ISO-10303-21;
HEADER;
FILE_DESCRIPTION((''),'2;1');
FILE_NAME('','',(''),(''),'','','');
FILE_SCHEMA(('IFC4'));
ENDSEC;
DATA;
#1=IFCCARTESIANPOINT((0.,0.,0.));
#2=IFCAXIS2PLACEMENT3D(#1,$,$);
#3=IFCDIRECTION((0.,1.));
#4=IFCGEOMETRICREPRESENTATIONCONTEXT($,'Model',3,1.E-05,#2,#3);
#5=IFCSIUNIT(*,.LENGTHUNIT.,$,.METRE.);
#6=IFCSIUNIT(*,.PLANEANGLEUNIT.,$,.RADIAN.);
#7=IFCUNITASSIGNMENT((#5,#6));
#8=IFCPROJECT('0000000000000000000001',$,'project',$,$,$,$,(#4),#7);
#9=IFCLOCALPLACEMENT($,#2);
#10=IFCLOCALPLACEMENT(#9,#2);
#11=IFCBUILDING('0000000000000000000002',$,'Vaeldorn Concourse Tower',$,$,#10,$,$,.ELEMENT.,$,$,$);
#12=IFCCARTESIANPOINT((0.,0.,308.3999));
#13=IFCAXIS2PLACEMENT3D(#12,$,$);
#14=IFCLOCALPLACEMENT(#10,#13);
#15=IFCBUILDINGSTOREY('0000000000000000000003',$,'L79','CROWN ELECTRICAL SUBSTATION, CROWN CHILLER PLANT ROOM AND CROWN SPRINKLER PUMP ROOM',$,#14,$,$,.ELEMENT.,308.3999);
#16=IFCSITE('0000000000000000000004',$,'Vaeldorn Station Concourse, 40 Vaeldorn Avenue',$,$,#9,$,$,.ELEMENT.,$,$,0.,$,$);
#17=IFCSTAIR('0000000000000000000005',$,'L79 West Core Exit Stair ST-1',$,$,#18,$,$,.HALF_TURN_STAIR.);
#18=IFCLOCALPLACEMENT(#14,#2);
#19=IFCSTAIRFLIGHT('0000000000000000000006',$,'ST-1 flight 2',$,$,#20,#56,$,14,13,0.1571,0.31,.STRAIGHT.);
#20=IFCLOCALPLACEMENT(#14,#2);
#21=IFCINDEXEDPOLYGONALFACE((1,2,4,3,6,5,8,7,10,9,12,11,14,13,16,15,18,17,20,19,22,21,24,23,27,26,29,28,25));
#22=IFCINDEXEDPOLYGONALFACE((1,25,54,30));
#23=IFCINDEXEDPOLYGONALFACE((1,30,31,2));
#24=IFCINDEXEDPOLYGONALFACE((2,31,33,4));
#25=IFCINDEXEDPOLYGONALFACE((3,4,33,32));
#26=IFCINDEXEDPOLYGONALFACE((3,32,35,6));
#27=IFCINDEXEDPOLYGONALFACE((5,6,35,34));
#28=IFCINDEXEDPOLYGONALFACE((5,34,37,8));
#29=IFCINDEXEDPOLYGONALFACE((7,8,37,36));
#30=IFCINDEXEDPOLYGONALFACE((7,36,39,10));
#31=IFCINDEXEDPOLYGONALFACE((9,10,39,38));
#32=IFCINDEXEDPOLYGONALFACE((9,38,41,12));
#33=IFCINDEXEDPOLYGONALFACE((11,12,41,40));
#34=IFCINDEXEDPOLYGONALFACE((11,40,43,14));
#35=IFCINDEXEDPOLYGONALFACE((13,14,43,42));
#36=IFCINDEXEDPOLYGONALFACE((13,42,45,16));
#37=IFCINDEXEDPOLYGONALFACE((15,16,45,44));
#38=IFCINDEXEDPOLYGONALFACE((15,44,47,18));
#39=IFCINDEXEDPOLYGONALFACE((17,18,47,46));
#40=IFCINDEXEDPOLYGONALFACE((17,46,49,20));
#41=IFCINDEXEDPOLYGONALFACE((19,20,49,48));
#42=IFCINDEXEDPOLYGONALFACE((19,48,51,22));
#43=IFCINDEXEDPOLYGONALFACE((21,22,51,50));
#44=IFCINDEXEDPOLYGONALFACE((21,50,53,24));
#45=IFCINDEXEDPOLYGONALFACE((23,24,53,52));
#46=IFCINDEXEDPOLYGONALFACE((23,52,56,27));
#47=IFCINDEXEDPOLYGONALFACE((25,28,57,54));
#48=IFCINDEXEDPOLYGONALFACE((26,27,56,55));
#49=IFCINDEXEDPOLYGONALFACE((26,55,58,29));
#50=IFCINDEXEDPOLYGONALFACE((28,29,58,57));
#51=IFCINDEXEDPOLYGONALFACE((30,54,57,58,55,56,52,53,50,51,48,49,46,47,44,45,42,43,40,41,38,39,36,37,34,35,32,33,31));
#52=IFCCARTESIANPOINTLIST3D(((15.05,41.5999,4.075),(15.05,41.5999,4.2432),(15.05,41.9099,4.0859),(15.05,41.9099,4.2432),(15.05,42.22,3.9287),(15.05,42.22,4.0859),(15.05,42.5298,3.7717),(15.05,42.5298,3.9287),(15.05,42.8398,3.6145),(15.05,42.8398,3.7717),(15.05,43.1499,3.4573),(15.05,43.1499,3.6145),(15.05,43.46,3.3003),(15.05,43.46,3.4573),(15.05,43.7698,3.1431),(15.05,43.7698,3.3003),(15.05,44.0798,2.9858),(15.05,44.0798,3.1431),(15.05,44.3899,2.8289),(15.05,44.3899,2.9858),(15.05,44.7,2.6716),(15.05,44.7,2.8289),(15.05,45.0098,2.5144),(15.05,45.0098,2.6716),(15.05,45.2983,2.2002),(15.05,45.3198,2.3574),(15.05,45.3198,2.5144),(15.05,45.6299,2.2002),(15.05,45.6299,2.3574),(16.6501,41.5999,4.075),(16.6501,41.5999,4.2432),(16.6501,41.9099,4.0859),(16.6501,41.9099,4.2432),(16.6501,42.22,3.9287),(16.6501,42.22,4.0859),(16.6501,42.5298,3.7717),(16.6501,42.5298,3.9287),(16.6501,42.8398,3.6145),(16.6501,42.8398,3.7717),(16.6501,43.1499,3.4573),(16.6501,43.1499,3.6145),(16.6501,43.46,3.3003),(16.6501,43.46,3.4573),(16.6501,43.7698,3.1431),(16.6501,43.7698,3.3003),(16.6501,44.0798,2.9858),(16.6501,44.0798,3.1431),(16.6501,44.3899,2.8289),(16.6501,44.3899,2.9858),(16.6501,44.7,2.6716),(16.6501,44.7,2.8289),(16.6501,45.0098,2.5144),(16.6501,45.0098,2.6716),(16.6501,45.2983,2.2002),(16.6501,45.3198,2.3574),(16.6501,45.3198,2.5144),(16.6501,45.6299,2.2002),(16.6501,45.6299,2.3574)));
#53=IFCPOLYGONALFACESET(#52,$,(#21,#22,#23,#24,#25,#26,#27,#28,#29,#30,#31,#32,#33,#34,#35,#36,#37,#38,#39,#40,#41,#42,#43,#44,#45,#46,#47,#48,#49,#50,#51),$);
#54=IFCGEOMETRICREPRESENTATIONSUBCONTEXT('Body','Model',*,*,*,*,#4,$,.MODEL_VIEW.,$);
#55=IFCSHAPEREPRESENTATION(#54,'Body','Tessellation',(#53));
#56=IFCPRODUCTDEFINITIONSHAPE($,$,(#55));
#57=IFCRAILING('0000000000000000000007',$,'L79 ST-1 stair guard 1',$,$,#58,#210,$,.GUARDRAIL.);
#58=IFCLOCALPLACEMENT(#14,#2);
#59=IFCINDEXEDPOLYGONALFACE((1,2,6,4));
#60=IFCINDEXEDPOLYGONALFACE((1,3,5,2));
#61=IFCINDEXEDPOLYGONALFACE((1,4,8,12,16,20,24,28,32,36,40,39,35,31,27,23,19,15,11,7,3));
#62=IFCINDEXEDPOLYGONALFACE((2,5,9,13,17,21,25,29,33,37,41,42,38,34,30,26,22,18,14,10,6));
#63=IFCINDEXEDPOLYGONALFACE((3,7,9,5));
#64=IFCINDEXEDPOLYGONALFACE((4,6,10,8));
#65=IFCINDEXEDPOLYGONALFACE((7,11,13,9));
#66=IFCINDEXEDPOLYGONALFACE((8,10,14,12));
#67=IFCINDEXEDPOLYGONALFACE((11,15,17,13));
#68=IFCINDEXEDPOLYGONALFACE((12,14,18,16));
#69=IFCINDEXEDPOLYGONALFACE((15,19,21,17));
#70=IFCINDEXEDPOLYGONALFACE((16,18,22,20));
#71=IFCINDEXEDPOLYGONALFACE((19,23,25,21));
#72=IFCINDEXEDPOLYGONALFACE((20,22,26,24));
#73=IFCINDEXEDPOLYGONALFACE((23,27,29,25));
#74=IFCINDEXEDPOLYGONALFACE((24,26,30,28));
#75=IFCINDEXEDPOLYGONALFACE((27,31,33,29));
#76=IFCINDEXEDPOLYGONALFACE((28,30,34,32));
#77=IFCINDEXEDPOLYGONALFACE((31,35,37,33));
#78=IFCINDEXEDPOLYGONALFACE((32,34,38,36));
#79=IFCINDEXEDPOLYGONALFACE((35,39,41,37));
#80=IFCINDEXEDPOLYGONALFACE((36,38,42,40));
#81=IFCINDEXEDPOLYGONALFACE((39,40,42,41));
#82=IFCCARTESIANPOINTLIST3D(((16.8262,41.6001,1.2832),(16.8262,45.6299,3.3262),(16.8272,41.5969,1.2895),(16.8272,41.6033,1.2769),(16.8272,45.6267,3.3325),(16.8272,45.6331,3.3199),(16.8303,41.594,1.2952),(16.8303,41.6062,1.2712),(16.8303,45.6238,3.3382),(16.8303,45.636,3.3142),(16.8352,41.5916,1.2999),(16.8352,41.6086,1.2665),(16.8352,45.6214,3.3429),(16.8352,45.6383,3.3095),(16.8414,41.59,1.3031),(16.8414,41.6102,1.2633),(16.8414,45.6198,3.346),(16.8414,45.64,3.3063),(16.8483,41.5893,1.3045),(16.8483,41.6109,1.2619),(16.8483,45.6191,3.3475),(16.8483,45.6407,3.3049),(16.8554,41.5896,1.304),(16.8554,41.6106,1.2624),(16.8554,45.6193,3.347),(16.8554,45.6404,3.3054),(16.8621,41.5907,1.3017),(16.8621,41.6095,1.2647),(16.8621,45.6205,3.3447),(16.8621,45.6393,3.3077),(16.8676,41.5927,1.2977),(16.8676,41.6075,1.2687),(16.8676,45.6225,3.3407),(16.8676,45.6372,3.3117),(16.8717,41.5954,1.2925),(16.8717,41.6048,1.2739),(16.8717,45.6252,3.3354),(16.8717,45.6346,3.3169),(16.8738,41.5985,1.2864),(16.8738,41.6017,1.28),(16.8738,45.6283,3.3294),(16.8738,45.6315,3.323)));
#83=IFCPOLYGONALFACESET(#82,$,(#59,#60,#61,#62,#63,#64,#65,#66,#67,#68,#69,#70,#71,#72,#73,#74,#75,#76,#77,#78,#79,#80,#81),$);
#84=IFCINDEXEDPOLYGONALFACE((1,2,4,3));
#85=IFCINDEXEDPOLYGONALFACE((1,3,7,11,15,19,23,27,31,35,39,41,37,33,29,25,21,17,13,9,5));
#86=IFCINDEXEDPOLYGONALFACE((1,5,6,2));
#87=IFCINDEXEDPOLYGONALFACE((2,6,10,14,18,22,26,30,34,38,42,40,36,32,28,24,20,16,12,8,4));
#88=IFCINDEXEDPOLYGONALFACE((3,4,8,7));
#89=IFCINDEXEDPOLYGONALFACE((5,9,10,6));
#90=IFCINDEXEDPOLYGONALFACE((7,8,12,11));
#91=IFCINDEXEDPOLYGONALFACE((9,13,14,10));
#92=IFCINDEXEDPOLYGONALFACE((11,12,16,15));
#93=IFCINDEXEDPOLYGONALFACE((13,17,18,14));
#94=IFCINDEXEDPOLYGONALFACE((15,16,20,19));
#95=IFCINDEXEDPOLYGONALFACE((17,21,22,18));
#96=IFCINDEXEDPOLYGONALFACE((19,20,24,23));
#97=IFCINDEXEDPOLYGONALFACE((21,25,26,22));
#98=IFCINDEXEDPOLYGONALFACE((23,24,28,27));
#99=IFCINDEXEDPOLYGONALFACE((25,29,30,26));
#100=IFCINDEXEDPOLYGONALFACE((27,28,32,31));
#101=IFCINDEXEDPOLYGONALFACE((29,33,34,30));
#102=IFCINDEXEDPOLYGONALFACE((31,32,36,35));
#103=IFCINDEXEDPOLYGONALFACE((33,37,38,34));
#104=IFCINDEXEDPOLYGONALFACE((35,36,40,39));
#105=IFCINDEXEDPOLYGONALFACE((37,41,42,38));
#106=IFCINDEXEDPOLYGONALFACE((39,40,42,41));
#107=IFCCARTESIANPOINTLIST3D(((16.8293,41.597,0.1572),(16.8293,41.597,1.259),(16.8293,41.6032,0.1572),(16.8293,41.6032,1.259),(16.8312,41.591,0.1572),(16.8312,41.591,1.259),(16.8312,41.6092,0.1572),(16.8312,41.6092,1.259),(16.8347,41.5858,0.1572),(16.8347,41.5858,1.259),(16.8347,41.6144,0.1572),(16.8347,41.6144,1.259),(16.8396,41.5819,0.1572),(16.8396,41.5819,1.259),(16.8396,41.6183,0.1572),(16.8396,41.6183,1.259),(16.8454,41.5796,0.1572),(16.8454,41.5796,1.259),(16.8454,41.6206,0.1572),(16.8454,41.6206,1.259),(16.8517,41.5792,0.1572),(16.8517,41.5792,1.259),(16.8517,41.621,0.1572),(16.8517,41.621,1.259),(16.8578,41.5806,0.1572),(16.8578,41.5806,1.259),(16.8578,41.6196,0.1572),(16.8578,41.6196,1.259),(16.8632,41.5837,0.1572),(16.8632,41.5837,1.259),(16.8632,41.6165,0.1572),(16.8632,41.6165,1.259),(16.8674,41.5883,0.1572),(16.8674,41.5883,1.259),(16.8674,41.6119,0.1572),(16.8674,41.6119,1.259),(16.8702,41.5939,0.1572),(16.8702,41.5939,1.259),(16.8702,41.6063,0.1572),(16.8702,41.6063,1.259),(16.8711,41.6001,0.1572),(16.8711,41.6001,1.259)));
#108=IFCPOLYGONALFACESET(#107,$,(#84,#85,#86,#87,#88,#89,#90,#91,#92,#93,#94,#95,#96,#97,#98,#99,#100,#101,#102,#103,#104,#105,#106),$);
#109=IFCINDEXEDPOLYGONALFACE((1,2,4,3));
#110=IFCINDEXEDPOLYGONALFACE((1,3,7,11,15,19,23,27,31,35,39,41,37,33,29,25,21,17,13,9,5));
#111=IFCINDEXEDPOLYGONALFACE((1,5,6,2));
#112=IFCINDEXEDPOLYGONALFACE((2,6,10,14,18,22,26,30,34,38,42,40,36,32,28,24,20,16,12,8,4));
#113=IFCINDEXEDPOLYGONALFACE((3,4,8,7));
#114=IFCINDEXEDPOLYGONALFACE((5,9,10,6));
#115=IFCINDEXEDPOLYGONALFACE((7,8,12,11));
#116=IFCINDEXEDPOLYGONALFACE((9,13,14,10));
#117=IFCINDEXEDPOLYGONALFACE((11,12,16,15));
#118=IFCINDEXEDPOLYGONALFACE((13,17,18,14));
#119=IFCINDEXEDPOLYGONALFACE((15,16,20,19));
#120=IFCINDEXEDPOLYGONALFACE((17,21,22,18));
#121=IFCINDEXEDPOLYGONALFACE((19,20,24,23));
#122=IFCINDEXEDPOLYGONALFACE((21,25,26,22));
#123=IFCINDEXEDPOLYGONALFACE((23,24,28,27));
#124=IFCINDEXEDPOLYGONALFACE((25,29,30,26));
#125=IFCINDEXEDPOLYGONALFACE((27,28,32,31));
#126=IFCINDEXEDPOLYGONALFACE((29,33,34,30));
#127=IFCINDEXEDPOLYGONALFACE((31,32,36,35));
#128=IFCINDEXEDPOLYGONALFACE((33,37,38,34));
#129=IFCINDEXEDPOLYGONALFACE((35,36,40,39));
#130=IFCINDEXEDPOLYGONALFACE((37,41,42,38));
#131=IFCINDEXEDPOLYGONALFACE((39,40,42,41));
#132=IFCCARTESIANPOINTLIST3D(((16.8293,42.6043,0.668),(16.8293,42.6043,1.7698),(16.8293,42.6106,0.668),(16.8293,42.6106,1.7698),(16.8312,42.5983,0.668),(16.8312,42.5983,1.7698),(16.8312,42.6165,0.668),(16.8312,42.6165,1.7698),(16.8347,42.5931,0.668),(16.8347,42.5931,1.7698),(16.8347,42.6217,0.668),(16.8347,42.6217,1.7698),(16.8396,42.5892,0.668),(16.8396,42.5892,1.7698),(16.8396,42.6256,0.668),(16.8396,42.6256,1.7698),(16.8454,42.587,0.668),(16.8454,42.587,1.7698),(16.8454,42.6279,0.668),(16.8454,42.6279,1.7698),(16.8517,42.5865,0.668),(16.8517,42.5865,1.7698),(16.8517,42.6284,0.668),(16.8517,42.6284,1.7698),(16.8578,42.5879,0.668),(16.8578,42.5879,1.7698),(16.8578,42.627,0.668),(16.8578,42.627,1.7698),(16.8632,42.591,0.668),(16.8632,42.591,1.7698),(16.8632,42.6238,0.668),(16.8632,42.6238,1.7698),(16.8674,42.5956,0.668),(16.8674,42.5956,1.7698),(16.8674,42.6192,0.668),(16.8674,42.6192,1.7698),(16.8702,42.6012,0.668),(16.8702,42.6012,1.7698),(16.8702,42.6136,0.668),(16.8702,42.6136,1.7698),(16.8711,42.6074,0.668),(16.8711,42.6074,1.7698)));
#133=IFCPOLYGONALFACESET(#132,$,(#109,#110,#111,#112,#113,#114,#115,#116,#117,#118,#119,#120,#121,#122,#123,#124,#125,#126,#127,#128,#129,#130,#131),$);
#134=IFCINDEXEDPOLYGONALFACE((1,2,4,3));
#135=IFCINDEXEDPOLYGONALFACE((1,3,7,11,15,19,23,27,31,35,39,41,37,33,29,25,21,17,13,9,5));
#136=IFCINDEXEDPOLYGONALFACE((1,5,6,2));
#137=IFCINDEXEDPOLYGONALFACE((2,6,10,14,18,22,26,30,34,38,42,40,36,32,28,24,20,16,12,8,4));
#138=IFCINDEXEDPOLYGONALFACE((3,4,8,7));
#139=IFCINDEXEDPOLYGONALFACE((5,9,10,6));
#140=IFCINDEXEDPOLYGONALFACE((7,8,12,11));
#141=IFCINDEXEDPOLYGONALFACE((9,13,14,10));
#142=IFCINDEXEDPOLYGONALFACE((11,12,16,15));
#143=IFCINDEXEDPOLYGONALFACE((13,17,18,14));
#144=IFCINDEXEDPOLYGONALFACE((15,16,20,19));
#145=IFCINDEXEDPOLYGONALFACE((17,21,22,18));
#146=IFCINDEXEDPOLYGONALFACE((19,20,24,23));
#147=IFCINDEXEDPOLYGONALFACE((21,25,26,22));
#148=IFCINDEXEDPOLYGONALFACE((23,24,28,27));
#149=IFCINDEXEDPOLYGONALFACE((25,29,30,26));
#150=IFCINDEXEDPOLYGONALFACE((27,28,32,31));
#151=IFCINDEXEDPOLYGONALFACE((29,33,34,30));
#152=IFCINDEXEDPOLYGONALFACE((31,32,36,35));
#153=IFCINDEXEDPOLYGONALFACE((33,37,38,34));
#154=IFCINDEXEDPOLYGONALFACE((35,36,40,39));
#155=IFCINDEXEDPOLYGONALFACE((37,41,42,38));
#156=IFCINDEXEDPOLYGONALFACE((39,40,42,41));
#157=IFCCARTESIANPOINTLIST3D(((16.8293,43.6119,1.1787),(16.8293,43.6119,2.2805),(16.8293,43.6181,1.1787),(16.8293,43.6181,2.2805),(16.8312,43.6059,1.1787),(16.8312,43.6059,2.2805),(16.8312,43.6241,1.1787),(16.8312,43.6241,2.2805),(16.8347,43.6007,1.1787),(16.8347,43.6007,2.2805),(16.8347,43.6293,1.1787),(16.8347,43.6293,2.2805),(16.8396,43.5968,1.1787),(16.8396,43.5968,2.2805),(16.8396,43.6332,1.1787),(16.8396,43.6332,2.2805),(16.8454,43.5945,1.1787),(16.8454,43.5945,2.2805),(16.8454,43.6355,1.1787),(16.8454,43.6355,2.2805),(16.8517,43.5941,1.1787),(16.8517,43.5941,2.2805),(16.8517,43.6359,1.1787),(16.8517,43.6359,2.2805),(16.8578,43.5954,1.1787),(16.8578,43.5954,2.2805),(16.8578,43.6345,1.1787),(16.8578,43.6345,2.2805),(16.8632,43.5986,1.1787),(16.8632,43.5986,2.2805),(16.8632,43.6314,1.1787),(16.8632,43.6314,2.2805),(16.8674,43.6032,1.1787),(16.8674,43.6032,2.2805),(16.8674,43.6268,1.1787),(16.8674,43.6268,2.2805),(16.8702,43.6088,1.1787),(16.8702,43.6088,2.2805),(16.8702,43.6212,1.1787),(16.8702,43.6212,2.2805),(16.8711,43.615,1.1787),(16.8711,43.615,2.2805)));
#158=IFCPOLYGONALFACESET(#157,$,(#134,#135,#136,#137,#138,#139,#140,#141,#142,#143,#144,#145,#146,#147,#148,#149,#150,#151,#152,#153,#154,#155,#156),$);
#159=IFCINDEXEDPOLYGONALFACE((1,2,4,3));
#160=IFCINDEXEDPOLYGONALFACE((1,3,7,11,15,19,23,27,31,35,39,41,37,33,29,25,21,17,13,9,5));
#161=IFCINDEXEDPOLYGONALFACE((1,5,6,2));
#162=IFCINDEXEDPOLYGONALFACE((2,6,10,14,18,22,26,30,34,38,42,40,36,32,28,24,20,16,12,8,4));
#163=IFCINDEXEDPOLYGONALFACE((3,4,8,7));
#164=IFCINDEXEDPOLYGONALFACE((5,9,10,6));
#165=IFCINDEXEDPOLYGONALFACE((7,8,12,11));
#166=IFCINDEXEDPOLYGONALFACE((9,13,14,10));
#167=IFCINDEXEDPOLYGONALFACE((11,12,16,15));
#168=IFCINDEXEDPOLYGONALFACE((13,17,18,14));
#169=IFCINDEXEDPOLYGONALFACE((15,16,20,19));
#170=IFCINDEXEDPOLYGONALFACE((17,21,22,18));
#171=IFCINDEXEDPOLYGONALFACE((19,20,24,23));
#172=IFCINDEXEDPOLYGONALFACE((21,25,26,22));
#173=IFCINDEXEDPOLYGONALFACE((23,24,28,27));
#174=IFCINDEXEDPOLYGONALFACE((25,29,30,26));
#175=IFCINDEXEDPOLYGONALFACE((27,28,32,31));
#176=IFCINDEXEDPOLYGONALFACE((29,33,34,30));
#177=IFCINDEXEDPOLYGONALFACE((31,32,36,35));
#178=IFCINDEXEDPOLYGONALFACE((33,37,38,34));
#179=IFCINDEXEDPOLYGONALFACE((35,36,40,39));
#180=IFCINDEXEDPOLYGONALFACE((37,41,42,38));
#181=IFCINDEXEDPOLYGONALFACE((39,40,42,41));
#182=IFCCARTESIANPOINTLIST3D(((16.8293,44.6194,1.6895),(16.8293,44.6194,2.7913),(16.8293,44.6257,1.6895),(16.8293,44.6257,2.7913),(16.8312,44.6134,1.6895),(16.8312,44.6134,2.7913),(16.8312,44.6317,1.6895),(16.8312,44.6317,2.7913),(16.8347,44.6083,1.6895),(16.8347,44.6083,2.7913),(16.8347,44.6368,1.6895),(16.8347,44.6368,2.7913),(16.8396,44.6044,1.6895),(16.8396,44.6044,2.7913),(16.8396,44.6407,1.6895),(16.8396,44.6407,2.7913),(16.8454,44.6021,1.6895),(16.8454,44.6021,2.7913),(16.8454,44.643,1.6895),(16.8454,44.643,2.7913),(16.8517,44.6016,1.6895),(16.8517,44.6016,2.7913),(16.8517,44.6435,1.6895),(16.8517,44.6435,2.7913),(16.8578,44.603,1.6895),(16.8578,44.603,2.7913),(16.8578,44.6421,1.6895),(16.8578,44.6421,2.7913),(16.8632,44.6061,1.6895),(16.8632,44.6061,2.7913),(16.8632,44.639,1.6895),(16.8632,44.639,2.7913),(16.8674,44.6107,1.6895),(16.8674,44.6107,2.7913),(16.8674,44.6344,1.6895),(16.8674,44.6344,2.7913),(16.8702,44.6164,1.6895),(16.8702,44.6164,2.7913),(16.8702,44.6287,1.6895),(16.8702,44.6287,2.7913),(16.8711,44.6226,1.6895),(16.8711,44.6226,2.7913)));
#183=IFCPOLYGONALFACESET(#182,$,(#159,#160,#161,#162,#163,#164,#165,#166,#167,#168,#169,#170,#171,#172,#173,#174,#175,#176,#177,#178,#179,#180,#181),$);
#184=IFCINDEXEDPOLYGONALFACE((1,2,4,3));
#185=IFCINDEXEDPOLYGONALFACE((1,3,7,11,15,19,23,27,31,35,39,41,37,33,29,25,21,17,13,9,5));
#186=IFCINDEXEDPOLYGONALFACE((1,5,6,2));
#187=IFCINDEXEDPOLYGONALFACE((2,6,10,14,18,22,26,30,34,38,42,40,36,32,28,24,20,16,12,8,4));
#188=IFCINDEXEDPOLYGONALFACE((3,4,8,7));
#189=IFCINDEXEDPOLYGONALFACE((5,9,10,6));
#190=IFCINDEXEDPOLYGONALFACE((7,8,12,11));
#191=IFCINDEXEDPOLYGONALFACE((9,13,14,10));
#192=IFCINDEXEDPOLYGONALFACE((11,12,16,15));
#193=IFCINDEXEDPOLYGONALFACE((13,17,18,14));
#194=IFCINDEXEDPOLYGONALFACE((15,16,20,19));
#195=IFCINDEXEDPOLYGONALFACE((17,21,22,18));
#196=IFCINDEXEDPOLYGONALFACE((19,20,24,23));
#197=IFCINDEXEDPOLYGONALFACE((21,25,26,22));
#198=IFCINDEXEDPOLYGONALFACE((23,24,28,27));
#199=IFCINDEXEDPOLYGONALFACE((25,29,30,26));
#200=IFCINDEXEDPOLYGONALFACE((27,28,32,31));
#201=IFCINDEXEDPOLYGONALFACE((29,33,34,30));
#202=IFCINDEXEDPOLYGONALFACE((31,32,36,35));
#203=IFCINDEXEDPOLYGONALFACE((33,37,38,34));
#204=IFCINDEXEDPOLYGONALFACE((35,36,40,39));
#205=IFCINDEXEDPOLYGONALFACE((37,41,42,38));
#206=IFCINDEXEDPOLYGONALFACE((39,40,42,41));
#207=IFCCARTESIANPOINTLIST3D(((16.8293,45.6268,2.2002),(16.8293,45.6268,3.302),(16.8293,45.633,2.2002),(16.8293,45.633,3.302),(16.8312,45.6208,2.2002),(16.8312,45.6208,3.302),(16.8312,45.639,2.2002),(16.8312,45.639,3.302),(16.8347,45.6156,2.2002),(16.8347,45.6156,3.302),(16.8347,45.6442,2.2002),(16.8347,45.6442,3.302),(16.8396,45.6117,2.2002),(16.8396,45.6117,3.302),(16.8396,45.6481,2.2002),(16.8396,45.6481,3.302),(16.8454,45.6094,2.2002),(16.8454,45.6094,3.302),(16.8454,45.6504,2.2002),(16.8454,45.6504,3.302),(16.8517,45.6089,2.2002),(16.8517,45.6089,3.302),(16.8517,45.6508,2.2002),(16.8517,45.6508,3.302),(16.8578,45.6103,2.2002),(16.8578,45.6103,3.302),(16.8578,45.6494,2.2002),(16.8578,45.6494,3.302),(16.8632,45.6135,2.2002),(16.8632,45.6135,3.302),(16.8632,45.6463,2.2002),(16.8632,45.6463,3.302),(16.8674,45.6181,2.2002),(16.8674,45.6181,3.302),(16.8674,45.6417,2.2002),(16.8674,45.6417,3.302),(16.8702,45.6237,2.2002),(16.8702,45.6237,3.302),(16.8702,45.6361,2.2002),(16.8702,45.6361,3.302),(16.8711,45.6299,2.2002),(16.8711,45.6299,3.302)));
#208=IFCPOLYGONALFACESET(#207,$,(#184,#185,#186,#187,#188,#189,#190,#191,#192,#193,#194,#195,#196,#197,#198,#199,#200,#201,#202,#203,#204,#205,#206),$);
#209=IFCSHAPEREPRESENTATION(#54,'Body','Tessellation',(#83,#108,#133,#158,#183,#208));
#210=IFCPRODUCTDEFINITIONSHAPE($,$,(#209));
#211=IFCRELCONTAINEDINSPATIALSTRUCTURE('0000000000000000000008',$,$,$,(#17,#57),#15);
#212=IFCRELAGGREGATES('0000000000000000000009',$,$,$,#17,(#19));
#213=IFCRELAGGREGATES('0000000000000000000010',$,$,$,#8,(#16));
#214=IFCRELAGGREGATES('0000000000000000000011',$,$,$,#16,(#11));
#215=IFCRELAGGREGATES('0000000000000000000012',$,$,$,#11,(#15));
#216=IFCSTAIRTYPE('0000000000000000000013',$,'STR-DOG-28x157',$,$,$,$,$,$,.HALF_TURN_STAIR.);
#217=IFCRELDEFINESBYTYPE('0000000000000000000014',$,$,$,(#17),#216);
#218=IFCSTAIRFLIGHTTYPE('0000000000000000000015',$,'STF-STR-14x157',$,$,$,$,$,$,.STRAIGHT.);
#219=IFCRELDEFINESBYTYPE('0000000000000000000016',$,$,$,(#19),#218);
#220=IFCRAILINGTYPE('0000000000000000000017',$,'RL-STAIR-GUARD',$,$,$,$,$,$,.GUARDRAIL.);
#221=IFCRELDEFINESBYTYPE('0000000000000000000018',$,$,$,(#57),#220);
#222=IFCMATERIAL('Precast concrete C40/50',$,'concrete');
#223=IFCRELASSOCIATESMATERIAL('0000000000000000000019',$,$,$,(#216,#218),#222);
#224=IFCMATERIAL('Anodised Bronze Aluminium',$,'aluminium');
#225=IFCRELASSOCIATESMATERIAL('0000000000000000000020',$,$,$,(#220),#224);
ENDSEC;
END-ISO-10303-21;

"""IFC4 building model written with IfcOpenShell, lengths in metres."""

from ifc_helpers import new_model, si_unit, direction, frame, origin, origin_2d, place, context, subcontext, project, spatial, polyline, circle, outline, extrude, material, type_object, element, aggregate, save


model = new_model("IFC4")

# Units and contexts
model_context = context("Model", 3, precision=1e-05, world=origin(), true_north=direction((0.0, 1.0)))
body_context = subcontext(model_context, "Body", "Model", "MODEL_VIEW")
ifc_project = project(units=[si_unit("LENGTHUNIT", "METRE"), si_unit("PLANEANGLEUNIT", "RADIAN")], contexts=[model_context])

# Site, building, storey
site_placement = place(None, origin())
site = spatial("IfcSite", under=ifc_project, at=site_placement, Name="Vaeldorn Station Concourse, 40 Vaeldorn Avenue", CompositionType="ELEMENT", RefElevation=0.0)
building_placement = place(site_placement, origin())
building = spatial("IfcBuilding", under=site, at=building_placement, Name="Vaeldorn Concourse Tower", CompositionType="ELEMENT")
storey_placement = place(building_placement, frame((0.0, 0.0, 308.3999)))
storey = spatial("IfcBuildingStorey", under=building, at=storey_placement, Name="L79", Description="CROWN ELECTRICAL SUBSTATION, CROWN CHILLER PLANT ROOM AND CROWN SPRINKLER PUMP ROOM", CompositionType="ELEMENT", Elevation=308.3999)

# Shared definitions
ifc_material_1 = material(Name="Anodised Bronze Aluminium", Category="aluminium")

# Stair, stair flight
ifc_material_2 = material(Name="Precast concrete C40/50", Category="concrete")
stair_type = type_object("IfcStairType", Name="STR-DOG-28x157", PredefinedType="HALF_TURN_STAIR", material=ifc_material_2)
stair_placement = place(storey_placement, origin())
stair = element("IfcStair", 1, at=stair_placement, inside=storey, type_object=stair_type, Name="L79 West Core Exit Stair ST-1", PredefinedType="HALF_TURN_STAIR")
stair_flight_type = type_object("IfcStairFlightType", Name="STF-STR-14x157", PredefinedType="STRAIGHT", material=ifc_material_2)
stair_flight_1_placement = place(storey_placement, frame((15.8501, 45.6299, 2.2002), z_axis=(0.0, 0.0, 1.0), x_axis=(0.0, -1.0, 0.0)))
stair_flight_1 = element("IfcStairFlight", 2, at=stair_flight_1_placement, type_object=stair_flight_type, Name="ST-1 flight 2", NumberOfRisers=14, NumberOfTreads=13, PredefinedType="STRAIGHT", RiserHeight=0.1571, TreadLength=0.31, context=body_context, shape_type="SweptSolid", body=[
    extrude(outline(polyline([(0.0, 0.0), (0.0, 0.1572), (0.3101, 0.1572), (0.3101, 0.3142), (0.6201, 0.3142), (0.6201, 0.4714), (0.9299, 0.4714), (0.9299, 0.6287), (1.24, 0.6287), (1.24, 0.7856), (1.55, 0.7856), (1.55, 0.9429), (1.8601, 0.9429), (1.8601, 1.1001), (2.1699, 1.1001), (2.1699, 1.2571), (2.48, 1.2571), (2.48, 1.4143), (2.79, 1.4143), (2.79, 1.5715), (3.1001, 1.5715), (3.1001, 1.7285), (3.4099, 1.7285), (3.4099, 1.8857), (3.72, 1.8857), (3.72, 2.043), (4.03, 2.043), (4.03, 2.2), (4.03, 1.8748), (0.3315, 0.0), (0.0, 0.0)])), frame((0.0, 0.8, 0.0), z_axis=(0.0, -1.0, 0.0), x_axis=(1.0, 0.0, 0.0)), (0.0, 0.0, 1.0), 1.6001),
])
aggregate(stair, [stair_flight_1])

# Railing
railing_type_1 = type_object("IfcRailingType", Name="RL-STAIR-GUARD", PredefinedType="GUARDRAIL", material=ifc_material_1)
railing_1_placement = place(storey_placement, frame((16.8501, 41.6001, 0.1572)))
element("IfcRailing", 3, at=railing_1_placement, inside=storey, type_object=railing_type_1, Name="L79 ST-1 stair guard 1", PredefinedType="GUARDRAIL", context=body_context, shape_type="SweptSolid", body=[
    extrude(circle(Radius=0.0239, at=origin_2d()), frame((0.0, 0.0, 1.126), z_axis=(0.0, 0.891928, 0.452178), x_axis=(-1.0, 0.0, 0.0)), (0.0, 0.0, 1.0), 4.5181),
    extrude(circle(Radius=0.021, at=origin_2d()), origin(), (0.0, 0.0, 1.0), 1.1018),
    extrude(circle(Radius=0.021, at=origin_2d()), frame((0.0, 1.0073, 0.5107)), (0.0, 0.0, 1.0), 1.1018),
    extrude(circle(Radius=0.021, at=origin_2d()), frame((0.0, 2.0149, 1.0215)), (0.0, 0.0, 1.0), 1.1018),
    extrude(circle(Radius=0.021, at=origin_2d()), frame((0.0, 3.0225, 1.5322)), (0.0, 0.0, 1.0), 1.1018),
    extrude(circle(Radius=0.021, at=origin_2d()), frame((0.0, 4.0298, 2.043)), (0.0, 0.0, 1.0), 1.1018),
])

save(model, "model.ifc")
